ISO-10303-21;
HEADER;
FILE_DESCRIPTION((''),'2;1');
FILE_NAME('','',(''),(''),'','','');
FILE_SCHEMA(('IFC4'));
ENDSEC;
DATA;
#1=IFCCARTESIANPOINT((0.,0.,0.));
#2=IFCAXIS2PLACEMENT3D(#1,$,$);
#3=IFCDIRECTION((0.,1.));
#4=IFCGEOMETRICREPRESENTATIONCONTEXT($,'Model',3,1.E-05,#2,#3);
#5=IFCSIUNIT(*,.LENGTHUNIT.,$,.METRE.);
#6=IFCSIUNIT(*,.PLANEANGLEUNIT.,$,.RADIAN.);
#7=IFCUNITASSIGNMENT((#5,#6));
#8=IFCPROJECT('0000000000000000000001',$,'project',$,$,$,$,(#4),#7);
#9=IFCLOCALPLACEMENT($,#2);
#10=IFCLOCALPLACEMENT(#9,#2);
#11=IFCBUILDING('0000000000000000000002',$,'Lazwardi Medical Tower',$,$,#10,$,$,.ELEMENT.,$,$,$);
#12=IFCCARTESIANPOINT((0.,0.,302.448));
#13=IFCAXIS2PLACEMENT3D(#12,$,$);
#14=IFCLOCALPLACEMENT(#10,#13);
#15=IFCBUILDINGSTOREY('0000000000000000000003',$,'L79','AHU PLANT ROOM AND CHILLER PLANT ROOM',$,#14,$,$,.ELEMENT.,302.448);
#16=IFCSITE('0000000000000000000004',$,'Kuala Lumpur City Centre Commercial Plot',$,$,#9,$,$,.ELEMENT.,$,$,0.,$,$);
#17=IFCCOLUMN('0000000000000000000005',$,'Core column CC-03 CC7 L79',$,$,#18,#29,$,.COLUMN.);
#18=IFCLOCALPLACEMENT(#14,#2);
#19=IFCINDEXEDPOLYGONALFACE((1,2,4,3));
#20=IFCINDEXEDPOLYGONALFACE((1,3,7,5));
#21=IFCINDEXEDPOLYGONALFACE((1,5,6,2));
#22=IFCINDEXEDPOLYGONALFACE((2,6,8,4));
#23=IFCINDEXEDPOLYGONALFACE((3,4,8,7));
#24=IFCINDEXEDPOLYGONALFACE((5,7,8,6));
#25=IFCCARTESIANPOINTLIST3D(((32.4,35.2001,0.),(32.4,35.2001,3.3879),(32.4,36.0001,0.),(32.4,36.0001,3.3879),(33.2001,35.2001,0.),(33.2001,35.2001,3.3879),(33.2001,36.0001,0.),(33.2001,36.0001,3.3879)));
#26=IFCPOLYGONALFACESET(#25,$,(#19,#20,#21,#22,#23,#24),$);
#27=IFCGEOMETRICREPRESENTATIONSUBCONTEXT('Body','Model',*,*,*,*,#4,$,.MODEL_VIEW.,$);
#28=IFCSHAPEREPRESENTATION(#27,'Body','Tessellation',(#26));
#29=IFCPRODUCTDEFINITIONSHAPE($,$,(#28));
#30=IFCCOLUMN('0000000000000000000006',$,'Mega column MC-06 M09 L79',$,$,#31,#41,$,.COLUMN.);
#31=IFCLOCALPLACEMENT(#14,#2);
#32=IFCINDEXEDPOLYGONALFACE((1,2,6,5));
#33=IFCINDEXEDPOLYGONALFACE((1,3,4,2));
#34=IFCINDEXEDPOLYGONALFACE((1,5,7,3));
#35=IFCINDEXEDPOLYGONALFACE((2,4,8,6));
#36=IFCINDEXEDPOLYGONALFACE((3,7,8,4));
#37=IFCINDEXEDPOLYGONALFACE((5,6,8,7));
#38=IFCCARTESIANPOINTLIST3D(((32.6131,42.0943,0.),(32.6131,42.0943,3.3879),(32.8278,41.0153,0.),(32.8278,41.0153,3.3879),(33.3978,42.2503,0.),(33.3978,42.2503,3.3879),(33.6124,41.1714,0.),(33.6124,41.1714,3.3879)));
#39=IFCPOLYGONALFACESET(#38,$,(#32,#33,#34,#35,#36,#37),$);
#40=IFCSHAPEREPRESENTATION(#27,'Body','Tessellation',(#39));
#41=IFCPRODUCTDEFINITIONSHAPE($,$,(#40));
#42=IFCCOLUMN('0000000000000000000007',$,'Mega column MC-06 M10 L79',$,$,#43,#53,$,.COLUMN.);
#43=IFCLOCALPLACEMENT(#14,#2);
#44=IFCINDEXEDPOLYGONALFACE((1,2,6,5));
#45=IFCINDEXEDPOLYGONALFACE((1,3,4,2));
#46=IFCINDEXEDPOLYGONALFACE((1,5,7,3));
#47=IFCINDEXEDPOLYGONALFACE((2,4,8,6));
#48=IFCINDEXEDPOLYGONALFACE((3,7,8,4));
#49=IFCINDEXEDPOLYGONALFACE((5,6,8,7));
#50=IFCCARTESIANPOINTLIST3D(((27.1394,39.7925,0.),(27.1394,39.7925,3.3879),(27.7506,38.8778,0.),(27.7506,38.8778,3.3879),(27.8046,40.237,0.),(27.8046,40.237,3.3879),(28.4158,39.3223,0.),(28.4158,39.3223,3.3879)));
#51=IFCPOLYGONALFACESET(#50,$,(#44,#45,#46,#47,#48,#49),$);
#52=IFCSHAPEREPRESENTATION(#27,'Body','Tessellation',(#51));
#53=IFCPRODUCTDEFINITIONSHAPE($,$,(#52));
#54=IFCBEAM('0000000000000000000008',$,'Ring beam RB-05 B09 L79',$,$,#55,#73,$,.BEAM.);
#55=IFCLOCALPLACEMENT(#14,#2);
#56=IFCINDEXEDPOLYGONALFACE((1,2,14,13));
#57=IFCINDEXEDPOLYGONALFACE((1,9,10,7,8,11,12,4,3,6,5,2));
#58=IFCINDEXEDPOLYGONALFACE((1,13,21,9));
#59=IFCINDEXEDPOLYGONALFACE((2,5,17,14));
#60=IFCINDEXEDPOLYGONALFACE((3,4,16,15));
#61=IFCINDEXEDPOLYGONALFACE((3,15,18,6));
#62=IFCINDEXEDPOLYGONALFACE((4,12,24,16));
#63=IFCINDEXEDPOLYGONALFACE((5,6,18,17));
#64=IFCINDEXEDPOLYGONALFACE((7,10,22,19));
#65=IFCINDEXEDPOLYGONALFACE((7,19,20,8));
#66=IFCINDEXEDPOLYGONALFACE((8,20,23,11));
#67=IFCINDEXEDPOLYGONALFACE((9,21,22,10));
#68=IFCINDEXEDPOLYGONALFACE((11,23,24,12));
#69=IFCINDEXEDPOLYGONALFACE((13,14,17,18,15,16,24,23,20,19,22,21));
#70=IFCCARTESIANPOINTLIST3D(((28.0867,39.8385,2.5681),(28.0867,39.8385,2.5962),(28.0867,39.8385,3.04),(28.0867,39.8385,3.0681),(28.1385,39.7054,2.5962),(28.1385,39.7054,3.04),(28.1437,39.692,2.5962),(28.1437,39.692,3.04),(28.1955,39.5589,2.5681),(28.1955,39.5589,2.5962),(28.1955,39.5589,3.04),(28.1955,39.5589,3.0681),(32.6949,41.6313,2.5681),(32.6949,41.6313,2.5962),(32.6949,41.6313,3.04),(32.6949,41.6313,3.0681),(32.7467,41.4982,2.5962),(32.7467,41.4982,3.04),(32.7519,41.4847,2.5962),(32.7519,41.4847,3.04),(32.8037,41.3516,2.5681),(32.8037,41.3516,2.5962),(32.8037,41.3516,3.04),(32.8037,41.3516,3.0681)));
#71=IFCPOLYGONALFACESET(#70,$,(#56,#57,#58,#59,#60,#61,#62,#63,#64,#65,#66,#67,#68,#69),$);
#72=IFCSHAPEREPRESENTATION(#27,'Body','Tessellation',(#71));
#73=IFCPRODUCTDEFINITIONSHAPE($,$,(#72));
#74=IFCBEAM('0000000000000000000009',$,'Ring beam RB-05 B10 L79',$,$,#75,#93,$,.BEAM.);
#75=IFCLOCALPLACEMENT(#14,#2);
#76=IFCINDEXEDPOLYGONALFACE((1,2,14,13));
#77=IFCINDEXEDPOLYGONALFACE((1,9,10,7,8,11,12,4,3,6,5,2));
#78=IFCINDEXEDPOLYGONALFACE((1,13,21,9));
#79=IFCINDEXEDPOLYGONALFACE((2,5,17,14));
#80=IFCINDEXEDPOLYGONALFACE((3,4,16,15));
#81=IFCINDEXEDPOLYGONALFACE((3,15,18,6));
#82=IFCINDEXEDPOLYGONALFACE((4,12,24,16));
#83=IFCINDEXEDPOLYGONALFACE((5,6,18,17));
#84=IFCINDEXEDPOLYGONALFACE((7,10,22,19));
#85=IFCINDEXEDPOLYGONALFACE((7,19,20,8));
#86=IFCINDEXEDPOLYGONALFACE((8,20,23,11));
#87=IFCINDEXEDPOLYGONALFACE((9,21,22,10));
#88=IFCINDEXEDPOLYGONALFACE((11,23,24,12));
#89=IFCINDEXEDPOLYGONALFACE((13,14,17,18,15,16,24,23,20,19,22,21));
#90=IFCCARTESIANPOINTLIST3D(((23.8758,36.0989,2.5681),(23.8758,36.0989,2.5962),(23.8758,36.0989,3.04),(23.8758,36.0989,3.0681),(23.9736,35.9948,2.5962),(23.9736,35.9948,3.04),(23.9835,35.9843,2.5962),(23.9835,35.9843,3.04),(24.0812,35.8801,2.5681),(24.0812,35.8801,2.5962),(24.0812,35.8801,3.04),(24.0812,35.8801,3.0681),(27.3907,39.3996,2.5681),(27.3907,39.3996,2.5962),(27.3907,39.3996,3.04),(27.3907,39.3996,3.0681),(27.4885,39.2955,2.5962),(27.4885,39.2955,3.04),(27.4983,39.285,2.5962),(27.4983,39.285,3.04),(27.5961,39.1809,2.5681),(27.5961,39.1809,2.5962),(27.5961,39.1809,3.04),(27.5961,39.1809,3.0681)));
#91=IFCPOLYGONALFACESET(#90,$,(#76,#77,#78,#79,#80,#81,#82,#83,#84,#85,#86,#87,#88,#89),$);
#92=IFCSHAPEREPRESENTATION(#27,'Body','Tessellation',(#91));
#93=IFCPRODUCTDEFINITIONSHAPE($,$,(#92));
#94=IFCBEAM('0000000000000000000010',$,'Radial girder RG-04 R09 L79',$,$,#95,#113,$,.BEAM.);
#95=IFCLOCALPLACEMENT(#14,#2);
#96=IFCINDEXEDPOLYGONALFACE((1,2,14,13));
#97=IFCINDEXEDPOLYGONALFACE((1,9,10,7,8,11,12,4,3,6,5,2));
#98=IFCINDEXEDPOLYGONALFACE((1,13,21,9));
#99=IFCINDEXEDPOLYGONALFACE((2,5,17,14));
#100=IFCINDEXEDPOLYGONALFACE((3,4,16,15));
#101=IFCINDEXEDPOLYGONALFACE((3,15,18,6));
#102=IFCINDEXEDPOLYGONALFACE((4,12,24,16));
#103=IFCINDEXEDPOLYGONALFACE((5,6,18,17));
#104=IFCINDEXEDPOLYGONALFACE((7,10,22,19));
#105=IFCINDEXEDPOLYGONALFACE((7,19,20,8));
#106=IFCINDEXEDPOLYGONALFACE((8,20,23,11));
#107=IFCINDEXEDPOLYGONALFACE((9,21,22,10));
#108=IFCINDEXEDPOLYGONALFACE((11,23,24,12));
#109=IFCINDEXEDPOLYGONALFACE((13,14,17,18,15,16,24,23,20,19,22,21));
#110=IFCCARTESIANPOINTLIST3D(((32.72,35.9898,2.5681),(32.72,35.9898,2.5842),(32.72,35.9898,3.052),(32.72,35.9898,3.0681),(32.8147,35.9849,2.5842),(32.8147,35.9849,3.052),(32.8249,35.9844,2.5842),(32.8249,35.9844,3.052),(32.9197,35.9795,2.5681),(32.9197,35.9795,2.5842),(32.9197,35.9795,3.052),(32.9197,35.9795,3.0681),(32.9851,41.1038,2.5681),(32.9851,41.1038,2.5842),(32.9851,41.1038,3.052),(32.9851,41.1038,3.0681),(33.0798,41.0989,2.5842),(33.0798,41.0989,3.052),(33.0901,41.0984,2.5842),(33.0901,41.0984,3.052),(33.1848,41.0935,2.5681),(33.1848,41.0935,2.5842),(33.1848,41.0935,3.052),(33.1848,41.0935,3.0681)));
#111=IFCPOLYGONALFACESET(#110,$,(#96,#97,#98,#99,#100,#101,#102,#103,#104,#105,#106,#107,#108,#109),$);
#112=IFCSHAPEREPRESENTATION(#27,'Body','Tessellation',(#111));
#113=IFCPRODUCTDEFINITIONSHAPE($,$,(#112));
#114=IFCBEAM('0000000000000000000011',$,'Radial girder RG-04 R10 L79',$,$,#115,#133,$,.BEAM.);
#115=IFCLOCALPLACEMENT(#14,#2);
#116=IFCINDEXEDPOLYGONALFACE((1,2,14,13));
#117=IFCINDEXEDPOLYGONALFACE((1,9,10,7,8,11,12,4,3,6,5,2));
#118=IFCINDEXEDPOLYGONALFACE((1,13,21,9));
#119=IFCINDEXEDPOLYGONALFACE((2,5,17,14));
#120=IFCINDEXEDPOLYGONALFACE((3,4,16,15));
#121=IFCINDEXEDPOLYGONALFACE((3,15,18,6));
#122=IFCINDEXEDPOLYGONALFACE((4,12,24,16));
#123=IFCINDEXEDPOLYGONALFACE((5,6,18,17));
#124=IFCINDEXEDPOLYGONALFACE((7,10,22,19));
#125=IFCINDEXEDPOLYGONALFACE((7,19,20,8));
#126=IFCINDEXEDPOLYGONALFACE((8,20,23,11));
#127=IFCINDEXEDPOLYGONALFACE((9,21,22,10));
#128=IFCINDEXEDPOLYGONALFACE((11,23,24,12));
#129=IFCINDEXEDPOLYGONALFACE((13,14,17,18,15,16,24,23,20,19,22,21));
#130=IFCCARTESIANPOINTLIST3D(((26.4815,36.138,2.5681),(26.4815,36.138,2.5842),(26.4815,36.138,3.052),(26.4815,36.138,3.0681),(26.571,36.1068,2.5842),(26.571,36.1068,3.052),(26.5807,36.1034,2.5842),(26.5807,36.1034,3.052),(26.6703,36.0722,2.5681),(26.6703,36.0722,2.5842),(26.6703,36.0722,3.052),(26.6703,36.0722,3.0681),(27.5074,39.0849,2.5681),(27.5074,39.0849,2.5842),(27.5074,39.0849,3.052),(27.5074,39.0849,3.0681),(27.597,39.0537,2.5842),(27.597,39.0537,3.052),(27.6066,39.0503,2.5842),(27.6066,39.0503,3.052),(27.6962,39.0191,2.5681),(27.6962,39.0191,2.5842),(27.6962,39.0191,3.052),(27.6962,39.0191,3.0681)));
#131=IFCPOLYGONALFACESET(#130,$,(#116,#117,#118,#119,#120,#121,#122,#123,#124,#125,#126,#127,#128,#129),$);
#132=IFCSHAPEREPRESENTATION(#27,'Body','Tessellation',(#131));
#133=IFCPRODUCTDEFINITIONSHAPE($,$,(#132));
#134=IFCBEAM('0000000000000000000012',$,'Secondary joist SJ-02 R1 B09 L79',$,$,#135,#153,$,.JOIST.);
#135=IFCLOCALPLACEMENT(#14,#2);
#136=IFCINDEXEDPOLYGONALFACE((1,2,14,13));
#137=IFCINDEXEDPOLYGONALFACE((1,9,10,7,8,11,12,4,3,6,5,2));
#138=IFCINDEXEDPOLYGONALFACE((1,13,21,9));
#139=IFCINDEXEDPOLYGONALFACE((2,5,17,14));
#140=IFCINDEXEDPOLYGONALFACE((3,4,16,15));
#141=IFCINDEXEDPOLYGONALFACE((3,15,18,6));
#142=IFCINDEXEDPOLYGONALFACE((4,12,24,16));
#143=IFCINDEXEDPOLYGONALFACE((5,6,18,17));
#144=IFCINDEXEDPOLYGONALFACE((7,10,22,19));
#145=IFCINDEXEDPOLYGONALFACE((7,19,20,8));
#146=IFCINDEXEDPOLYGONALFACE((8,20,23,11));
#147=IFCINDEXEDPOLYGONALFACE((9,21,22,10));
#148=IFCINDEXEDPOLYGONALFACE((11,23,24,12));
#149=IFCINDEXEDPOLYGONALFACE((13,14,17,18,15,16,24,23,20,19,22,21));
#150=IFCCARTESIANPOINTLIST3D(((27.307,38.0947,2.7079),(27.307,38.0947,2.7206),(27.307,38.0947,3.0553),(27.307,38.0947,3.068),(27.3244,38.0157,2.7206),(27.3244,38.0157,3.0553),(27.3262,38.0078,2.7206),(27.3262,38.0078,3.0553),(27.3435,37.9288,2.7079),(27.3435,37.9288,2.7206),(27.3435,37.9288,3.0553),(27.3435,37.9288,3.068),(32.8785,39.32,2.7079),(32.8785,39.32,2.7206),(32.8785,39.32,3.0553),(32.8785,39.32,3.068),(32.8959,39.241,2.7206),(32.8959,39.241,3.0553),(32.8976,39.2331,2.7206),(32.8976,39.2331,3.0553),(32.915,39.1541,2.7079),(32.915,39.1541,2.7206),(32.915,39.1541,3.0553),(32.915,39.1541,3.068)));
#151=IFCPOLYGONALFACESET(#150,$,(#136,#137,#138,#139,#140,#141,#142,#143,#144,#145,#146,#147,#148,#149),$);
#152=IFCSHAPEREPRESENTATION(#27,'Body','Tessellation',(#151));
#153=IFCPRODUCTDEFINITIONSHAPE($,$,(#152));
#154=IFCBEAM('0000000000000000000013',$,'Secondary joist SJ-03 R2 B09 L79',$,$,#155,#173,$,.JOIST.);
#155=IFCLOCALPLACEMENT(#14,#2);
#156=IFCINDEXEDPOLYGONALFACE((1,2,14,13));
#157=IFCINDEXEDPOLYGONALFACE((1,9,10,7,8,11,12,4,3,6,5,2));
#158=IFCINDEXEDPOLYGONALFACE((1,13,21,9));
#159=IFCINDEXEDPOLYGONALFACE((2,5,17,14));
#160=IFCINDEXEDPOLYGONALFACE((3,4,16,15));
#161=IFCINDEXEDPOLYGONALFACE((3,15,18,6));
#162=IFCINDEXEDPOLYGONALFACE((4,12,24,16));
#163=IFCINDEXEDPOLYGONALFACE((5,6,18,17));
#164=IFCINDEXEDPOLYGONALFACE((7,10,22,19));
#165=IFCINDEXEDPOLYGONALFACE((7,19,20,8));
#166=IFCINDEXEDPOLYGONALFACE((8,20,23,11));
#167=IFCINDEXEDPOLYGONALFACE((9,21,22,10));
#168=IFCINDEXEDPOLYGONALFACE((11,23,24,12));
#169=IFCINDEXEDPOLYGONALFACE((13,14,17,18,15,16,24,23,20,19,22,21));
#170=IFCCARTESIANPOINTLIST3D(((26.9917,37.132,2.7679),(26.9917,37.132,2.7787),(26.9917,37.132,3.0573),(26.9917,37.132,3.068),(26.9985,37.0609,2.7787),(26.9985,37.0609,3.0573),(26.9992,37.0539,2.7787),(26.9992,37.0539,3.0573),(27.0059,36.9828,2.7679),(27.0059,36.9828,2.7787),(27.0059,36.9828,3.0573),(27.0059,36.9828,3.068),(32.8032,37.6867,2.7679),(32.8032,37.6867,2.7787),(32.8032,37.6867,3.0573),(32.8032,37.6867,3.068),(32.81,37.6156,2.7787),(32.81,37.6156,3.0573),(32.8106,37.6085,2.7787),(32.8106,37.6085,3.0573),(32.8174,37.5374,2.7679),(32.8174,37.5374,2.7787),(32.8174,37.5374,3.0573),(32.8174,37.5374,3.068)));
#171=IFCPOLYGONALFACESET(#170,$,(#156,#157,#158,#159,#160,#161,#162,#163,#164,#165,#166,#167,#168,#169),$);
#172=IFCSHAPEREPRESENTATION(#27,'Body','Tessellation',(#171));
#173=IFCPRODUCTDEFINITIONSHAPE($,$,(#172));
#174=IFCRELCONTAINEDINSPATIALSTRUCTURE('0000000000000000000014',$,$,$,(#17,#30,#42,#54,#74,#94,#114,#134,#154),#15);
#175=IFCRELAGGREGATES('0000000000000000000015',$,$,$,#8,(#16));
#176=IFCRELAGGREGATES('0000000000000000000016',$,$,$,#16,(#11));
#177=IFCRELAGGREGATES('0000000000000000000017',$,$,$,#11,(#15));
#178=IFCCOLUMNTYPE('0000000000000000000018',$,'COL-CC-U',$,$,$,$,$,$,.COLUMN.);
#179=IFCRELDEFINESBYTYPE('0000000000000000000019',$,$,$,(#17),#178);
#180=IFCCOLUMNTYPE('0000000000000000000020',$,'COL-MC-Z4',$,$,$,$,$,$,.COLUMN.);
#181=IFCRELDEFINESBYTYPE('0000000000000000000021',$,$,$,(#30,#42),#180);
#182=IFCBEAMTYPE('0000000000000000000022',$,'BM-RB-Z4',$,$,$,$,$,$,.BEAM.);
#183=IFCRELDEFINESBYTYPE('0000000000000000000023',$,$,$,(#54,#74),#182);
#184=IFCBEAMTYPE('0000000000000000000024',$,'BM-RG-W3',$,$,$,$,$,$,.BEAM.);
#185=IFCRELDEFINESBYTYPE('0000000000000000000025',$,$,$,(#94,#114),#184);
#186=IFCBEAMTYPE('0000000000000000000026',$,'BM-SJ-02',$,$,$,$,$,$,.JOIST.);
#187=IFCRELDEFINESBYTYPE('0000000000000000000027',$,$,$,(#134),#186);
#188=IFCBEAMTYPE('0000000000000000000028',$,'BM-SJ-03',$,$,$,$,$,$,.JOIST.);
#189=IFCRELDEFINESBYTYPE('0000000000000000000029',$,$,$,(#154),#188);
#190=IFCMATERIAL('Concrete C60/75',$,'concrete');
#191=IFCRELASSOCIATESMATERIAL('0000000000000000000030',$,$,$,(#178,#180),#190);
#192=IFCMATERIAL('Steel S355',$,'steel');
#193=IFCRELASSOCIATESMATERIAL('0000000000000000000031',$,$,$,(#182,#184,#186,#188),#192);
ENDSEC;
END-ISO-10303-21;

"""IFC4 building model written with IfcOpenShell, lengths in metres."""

from ifc_helpers import new_model, si_unit, direction, frame, origin, origin_2d, place, context, subcontext, project, spatial, rectangle, i_section, extrude, material, material_profile, profile_set, type_object, element, save


model = new_model("IFC4")

# Units and contexts
model_context = context("Model", 3, precision=1e-05, world=origin(), true_north=direction((0.0, 1.0)))
body_context = subcontext(model_context, "Body", "Model", "MODEL_VIEW")
ifc_project = project(units=[si_unit("LENGTHUNIT", "METRE"), si_unit("PLANEANGLEUNIT", "RADIAN")], contexts=[model_context])

# Site, building, storey
site_placement = place(None, origin())
site = spatial("IfcSite", under=ifc_project, at=site_placement, Name="Kuala Lumpur City Centre Commercial Plot", CompositionType="ELEMENT", RefElevation=0.0)
building_placement = place(site_placement, origin())
building = spatial("IfcBuilding", under=site, at=building_placement, Name="Lazwardi Medical Tower", CompositionType="ELEMENT")
storey_placement = place(building_placement, frame((0.0, 0.0, 302.448)))
storey = spatial("IfcBuildingStorey", under=building, at=storey_placement, Name="L79", Description="AHU PLANT ROOM AND CHILLER PLANT ROOM", CompositionType="ELEMENT", Elevation=302.448)

# Columns
ifc_material_1 = material(Name="Concrete C60/75", Category="concrete")
ifc_material_profile_1 = material_profile(ifc_material_1, rectangle(XDim=0.8, YDim=0.8, at=origin_2d()), Name="RC 800x800")
ifc_profile_set_1 = profile_set([ifc_material_profile_1], Name="Concrete C60/75")
column_type_1 = type_object("IfcColumnType", Name="COL-CC-U", PredefinedType="COLUMN", material=ifc_profile_set_1)
column_placement = place(storey_placement, frame((32.8, 35.6001, 0.0), z_axis=(0.0, 0.0, 1.0), x_axis=(1.0, 0.0, 0.0)))
element("IfcColumn", 1, at=column_placement, inside=storey, type_object=column_type_1, Name="Core column CC-03 CC7 L79", PredefinedType="COLUMN", context=body_context, shape_type="SweptSolid", body=[
    extrude(rectangle(XDim=0.8, YDim=0.8, at=origin_2d()), origin(), (0.0, 0.0, 1.0), 3.3879),
])
ifc_material_profile_2 = material_profile(ifc_material_1, rectangle(XDim=1.1001, YDim=0.8, at=origin_2d()), Name="CFT-RECT 1100x800")
ifc_profile_set_2 = profile_set([ifc_material_profile_2], Name="Concrete C60/75")
column_type_2 = type_object("IfcColumnType", Name="COL-MC-Z4", PredefinedType="COLUMN", material=ifc_profile_set_2)
for number, where, z_axis, x_axis, name in (
    (2, (33.1128, 41.6328, 0.0), (0.0, 0.0, 1.0), (-0.19509, 0.980785, 0.0), "Mega column MC-06 M09 L79"),
    (3, (27.7776, 39.5574, 0.0), (0.0, 0.0, 1.0), (-0.55557, 0.83147, 0.0), "Mega column MC-06 M10 L79"),
):
    element("IfcColumn", number, at=place(storey_placement, frame(where, z_axis=z_axis, x_axis=x_axis)), inside=storey, type_object=column_type_2, Name=name, PredefinedType="COLUMN", context=body_context, shape_type="SweptSolid", body=[
        extrude(rectangle(XDim=1.1001, YDim=0.8, at=origin_2d()), origin(), (0.0, 0.0, 1.0), 3.3879),
    ])

# Beams
ifc_material_2 = material(Name="Steel S355", Category="steel")
ifc_material_profile_3 = material_profile(ifc_material_2, i_section(OverallWidth=0.3, OverallDepth=0.5, WebThickness=0.0144, FlangeThickness=0.0281, at=origin_2d()), Name="HEB 500")
ifc_profile_set_3 = profile_set([ifc_material_profile_3], Name="Steel S355")
beam_type_1 = type_object("IfcBeamType", Name="BM-RB-Z4", PredefinedType="BEAM", material=ifc_profile_set_3)
beam_1_placement = place(storey_placement, frame((32.7493, 41.4915, 2.8181), z_axis=(-0.931959, -0.362563, 0.0), x_axis=(0.362563, -0.931959, 0.0)))
element("IfcBeam", 4, at=beam_1_placement, inside=storey, type_object=beam_type_1, Name="Ring beam RB-05 B09 L79", PredefinedType="BEAM", context=body_context, shape_type="SweptSolid", body=[
    extrude(i_section(OverallWidth=0.3, OverallDepth=0.5, WebThickness=0.0144, FlangeThickness=0.0281, at=origin_2d()), origin(), (0.0, 0.0, 1.0), 4.9446),
])
beam_2_placement = place(storey_placement, frame((27.4934, 39.2903, 2.8181), z_axis=(-0.728961, -0.684556, 0.0), x_axis=(0.684556, -0.728961, 0.0)))
element("IfcBeam", 5, at=beam_2_placement, inside=storey, type_object=beam_type_1, Name="Ring beam RB-05 B10 L79", PredefinedType="BEAM", context=body_context, shape_type="SweptSolid", body=[
    extrude(i_section(OverallWidth=0.3, OverallDepth=0.5, WebThickness=0.0144, FlangeThickness=0.0281, at=origin_2d()), origin(), (0.0, 0.0, 1.0), 4.8218),
])
ifc_material_profile_4 = material_profile(ifc_material_2, i_section(OverallWidth=0.2, OverallDepth=0.5, WebThickness=0.0103, FlangeThickness=0.0161, at=origin_2d()), Name="IPE 500")
ifc_profile_set_4 = profile_set([ifc_material_profile_4], Name="Steel S355")
beam_type_2 = type_object("IfcBeamType", Name="BM-RG-W3", PredefinedType="BEAM", material=ifc_profile_set_4)
beam_3_placement = place(storey_placement, frame((33.085, 41.0986, 2.8181), z_axis=(-0.051776, -0.998659, 0.0), x_axis=(0.998659, -0.051776, 0.0)))
element("IfcBeam", 6, at=beam_3_placement, inside=storey, type_object=beam_type_2, Name="Radial girder RG-04 R09 L79", PredefinedType="BEAM", context=body_context, shape_type="SweptSolid", body=[
    extrude(i_section(OverallWidth=0.2, OverallDepth=0.5, WebThickness=0.0103, FlangeThickness=0.0161, at=origin_2d()), origin(), (0.0, 0.0, 1.0), 5.1208),
])
beam_4_placement = place(storey_placement, frame((27.6018, 39.052, 2.8181), z_axis=(-0.328782, -0.944406, 0.0), x_axis=(0.944406, -0.328782, 0.0)))
element("IfcBeam", 7, at=beam_4_placement, inside=storey, type_object=beam_type_2, Name="Radial girder RG-04 R10 L79", PredefinedType="BEAM", context=body_context, shape_type="SweptSolid", body=[
    extrude(i_section(OverallWidth=0.2, OverallDepth=0.5, WebThickness=0.0103, FlangeThickness=0.0161, at=origin_2d()), origin(), (0.0, 0.0, 1.0), 3.1204),
])
ifc_material_profile_5 = material_profile(ifc_material_2, i_section(OverallWidth=0.1699, OverallDepth=0.3601, WebThickness=0.0081, FlangeThickness=0.0127, at=origin_2d()), Name="IPE 360")
ifc_profile_set_5 = profile_set([ifc_material_profile_5], Name="Steel S355")
beam_type_3 = type_object("IfcBeamType", Name="BM-SJ-02", PredefinedType="JOIST", material=ifc_profile_set_5)
beam_5_placement = place(storey_placement, frame((32.8967, 39.2371, 2.8879), z_axis=(-0.976659, -0.214796, 0.0), x_axis=(0.214796, -0.976659, 0.0)))
element("IfcBeam", 8, at=beam_5_placement, inside=storey, type_object=beam_type_3, Name="Secondary joist SJ-02 R1 B09 L79", PredefinedType="JOIST", context=body_context, shape_type="SweptSolid", body=[
    extrude(i_section(OverallWidth=0.1699, OverallDepth=0.3601, WebThickness=0.0081, FlangeThickness=0.0127, at=origin_2d()), origin(), (0.0, 0.0, 1.0), 5.7046),
])
ifc_material_profile_6 = material_profile(ifc_material_2, i_section(OverallWidth=0.1499, OverallDepth=0.3, WebThickness=0.0071, FlangeThickness=0.0107, at=origin_2d()), Name="IPE 300")
ifc_profile_set_6 = profile_set([ifc_material_profile_6], Name="Steel S355")
beam_type_4 = type_object("IfcBeamType", Name="BM-SJ-03", PredefinedType="JOIST", material=ifc_profile_set_6)
beam_6_placement = place(storey_placement, frame((32.8103, 37.6121, 2.918), z_axis=(-0.995476, -0.095014, 0.0), x_axis=(0.095014, -0.995476, 0.0)))
element("IfcBeam", 9, at=beam_6_placement, inside=storey, type_object=beam_type_4, Name="Secondary joist SJ-03 R2 B09 L79", PredefinedType="JOIST", context=body_context, shape_type="SweptSolid", body=[
    extrude(i_section(OverallWidth=0.1499, OverallDepth=0.3, WebThickness=0.0071, FlangeThickness=0.0107, at=origin_2d()), origin(), (0.0, 0.0, 1.0), 5.8379),
])

save(model, "model.ifc")
